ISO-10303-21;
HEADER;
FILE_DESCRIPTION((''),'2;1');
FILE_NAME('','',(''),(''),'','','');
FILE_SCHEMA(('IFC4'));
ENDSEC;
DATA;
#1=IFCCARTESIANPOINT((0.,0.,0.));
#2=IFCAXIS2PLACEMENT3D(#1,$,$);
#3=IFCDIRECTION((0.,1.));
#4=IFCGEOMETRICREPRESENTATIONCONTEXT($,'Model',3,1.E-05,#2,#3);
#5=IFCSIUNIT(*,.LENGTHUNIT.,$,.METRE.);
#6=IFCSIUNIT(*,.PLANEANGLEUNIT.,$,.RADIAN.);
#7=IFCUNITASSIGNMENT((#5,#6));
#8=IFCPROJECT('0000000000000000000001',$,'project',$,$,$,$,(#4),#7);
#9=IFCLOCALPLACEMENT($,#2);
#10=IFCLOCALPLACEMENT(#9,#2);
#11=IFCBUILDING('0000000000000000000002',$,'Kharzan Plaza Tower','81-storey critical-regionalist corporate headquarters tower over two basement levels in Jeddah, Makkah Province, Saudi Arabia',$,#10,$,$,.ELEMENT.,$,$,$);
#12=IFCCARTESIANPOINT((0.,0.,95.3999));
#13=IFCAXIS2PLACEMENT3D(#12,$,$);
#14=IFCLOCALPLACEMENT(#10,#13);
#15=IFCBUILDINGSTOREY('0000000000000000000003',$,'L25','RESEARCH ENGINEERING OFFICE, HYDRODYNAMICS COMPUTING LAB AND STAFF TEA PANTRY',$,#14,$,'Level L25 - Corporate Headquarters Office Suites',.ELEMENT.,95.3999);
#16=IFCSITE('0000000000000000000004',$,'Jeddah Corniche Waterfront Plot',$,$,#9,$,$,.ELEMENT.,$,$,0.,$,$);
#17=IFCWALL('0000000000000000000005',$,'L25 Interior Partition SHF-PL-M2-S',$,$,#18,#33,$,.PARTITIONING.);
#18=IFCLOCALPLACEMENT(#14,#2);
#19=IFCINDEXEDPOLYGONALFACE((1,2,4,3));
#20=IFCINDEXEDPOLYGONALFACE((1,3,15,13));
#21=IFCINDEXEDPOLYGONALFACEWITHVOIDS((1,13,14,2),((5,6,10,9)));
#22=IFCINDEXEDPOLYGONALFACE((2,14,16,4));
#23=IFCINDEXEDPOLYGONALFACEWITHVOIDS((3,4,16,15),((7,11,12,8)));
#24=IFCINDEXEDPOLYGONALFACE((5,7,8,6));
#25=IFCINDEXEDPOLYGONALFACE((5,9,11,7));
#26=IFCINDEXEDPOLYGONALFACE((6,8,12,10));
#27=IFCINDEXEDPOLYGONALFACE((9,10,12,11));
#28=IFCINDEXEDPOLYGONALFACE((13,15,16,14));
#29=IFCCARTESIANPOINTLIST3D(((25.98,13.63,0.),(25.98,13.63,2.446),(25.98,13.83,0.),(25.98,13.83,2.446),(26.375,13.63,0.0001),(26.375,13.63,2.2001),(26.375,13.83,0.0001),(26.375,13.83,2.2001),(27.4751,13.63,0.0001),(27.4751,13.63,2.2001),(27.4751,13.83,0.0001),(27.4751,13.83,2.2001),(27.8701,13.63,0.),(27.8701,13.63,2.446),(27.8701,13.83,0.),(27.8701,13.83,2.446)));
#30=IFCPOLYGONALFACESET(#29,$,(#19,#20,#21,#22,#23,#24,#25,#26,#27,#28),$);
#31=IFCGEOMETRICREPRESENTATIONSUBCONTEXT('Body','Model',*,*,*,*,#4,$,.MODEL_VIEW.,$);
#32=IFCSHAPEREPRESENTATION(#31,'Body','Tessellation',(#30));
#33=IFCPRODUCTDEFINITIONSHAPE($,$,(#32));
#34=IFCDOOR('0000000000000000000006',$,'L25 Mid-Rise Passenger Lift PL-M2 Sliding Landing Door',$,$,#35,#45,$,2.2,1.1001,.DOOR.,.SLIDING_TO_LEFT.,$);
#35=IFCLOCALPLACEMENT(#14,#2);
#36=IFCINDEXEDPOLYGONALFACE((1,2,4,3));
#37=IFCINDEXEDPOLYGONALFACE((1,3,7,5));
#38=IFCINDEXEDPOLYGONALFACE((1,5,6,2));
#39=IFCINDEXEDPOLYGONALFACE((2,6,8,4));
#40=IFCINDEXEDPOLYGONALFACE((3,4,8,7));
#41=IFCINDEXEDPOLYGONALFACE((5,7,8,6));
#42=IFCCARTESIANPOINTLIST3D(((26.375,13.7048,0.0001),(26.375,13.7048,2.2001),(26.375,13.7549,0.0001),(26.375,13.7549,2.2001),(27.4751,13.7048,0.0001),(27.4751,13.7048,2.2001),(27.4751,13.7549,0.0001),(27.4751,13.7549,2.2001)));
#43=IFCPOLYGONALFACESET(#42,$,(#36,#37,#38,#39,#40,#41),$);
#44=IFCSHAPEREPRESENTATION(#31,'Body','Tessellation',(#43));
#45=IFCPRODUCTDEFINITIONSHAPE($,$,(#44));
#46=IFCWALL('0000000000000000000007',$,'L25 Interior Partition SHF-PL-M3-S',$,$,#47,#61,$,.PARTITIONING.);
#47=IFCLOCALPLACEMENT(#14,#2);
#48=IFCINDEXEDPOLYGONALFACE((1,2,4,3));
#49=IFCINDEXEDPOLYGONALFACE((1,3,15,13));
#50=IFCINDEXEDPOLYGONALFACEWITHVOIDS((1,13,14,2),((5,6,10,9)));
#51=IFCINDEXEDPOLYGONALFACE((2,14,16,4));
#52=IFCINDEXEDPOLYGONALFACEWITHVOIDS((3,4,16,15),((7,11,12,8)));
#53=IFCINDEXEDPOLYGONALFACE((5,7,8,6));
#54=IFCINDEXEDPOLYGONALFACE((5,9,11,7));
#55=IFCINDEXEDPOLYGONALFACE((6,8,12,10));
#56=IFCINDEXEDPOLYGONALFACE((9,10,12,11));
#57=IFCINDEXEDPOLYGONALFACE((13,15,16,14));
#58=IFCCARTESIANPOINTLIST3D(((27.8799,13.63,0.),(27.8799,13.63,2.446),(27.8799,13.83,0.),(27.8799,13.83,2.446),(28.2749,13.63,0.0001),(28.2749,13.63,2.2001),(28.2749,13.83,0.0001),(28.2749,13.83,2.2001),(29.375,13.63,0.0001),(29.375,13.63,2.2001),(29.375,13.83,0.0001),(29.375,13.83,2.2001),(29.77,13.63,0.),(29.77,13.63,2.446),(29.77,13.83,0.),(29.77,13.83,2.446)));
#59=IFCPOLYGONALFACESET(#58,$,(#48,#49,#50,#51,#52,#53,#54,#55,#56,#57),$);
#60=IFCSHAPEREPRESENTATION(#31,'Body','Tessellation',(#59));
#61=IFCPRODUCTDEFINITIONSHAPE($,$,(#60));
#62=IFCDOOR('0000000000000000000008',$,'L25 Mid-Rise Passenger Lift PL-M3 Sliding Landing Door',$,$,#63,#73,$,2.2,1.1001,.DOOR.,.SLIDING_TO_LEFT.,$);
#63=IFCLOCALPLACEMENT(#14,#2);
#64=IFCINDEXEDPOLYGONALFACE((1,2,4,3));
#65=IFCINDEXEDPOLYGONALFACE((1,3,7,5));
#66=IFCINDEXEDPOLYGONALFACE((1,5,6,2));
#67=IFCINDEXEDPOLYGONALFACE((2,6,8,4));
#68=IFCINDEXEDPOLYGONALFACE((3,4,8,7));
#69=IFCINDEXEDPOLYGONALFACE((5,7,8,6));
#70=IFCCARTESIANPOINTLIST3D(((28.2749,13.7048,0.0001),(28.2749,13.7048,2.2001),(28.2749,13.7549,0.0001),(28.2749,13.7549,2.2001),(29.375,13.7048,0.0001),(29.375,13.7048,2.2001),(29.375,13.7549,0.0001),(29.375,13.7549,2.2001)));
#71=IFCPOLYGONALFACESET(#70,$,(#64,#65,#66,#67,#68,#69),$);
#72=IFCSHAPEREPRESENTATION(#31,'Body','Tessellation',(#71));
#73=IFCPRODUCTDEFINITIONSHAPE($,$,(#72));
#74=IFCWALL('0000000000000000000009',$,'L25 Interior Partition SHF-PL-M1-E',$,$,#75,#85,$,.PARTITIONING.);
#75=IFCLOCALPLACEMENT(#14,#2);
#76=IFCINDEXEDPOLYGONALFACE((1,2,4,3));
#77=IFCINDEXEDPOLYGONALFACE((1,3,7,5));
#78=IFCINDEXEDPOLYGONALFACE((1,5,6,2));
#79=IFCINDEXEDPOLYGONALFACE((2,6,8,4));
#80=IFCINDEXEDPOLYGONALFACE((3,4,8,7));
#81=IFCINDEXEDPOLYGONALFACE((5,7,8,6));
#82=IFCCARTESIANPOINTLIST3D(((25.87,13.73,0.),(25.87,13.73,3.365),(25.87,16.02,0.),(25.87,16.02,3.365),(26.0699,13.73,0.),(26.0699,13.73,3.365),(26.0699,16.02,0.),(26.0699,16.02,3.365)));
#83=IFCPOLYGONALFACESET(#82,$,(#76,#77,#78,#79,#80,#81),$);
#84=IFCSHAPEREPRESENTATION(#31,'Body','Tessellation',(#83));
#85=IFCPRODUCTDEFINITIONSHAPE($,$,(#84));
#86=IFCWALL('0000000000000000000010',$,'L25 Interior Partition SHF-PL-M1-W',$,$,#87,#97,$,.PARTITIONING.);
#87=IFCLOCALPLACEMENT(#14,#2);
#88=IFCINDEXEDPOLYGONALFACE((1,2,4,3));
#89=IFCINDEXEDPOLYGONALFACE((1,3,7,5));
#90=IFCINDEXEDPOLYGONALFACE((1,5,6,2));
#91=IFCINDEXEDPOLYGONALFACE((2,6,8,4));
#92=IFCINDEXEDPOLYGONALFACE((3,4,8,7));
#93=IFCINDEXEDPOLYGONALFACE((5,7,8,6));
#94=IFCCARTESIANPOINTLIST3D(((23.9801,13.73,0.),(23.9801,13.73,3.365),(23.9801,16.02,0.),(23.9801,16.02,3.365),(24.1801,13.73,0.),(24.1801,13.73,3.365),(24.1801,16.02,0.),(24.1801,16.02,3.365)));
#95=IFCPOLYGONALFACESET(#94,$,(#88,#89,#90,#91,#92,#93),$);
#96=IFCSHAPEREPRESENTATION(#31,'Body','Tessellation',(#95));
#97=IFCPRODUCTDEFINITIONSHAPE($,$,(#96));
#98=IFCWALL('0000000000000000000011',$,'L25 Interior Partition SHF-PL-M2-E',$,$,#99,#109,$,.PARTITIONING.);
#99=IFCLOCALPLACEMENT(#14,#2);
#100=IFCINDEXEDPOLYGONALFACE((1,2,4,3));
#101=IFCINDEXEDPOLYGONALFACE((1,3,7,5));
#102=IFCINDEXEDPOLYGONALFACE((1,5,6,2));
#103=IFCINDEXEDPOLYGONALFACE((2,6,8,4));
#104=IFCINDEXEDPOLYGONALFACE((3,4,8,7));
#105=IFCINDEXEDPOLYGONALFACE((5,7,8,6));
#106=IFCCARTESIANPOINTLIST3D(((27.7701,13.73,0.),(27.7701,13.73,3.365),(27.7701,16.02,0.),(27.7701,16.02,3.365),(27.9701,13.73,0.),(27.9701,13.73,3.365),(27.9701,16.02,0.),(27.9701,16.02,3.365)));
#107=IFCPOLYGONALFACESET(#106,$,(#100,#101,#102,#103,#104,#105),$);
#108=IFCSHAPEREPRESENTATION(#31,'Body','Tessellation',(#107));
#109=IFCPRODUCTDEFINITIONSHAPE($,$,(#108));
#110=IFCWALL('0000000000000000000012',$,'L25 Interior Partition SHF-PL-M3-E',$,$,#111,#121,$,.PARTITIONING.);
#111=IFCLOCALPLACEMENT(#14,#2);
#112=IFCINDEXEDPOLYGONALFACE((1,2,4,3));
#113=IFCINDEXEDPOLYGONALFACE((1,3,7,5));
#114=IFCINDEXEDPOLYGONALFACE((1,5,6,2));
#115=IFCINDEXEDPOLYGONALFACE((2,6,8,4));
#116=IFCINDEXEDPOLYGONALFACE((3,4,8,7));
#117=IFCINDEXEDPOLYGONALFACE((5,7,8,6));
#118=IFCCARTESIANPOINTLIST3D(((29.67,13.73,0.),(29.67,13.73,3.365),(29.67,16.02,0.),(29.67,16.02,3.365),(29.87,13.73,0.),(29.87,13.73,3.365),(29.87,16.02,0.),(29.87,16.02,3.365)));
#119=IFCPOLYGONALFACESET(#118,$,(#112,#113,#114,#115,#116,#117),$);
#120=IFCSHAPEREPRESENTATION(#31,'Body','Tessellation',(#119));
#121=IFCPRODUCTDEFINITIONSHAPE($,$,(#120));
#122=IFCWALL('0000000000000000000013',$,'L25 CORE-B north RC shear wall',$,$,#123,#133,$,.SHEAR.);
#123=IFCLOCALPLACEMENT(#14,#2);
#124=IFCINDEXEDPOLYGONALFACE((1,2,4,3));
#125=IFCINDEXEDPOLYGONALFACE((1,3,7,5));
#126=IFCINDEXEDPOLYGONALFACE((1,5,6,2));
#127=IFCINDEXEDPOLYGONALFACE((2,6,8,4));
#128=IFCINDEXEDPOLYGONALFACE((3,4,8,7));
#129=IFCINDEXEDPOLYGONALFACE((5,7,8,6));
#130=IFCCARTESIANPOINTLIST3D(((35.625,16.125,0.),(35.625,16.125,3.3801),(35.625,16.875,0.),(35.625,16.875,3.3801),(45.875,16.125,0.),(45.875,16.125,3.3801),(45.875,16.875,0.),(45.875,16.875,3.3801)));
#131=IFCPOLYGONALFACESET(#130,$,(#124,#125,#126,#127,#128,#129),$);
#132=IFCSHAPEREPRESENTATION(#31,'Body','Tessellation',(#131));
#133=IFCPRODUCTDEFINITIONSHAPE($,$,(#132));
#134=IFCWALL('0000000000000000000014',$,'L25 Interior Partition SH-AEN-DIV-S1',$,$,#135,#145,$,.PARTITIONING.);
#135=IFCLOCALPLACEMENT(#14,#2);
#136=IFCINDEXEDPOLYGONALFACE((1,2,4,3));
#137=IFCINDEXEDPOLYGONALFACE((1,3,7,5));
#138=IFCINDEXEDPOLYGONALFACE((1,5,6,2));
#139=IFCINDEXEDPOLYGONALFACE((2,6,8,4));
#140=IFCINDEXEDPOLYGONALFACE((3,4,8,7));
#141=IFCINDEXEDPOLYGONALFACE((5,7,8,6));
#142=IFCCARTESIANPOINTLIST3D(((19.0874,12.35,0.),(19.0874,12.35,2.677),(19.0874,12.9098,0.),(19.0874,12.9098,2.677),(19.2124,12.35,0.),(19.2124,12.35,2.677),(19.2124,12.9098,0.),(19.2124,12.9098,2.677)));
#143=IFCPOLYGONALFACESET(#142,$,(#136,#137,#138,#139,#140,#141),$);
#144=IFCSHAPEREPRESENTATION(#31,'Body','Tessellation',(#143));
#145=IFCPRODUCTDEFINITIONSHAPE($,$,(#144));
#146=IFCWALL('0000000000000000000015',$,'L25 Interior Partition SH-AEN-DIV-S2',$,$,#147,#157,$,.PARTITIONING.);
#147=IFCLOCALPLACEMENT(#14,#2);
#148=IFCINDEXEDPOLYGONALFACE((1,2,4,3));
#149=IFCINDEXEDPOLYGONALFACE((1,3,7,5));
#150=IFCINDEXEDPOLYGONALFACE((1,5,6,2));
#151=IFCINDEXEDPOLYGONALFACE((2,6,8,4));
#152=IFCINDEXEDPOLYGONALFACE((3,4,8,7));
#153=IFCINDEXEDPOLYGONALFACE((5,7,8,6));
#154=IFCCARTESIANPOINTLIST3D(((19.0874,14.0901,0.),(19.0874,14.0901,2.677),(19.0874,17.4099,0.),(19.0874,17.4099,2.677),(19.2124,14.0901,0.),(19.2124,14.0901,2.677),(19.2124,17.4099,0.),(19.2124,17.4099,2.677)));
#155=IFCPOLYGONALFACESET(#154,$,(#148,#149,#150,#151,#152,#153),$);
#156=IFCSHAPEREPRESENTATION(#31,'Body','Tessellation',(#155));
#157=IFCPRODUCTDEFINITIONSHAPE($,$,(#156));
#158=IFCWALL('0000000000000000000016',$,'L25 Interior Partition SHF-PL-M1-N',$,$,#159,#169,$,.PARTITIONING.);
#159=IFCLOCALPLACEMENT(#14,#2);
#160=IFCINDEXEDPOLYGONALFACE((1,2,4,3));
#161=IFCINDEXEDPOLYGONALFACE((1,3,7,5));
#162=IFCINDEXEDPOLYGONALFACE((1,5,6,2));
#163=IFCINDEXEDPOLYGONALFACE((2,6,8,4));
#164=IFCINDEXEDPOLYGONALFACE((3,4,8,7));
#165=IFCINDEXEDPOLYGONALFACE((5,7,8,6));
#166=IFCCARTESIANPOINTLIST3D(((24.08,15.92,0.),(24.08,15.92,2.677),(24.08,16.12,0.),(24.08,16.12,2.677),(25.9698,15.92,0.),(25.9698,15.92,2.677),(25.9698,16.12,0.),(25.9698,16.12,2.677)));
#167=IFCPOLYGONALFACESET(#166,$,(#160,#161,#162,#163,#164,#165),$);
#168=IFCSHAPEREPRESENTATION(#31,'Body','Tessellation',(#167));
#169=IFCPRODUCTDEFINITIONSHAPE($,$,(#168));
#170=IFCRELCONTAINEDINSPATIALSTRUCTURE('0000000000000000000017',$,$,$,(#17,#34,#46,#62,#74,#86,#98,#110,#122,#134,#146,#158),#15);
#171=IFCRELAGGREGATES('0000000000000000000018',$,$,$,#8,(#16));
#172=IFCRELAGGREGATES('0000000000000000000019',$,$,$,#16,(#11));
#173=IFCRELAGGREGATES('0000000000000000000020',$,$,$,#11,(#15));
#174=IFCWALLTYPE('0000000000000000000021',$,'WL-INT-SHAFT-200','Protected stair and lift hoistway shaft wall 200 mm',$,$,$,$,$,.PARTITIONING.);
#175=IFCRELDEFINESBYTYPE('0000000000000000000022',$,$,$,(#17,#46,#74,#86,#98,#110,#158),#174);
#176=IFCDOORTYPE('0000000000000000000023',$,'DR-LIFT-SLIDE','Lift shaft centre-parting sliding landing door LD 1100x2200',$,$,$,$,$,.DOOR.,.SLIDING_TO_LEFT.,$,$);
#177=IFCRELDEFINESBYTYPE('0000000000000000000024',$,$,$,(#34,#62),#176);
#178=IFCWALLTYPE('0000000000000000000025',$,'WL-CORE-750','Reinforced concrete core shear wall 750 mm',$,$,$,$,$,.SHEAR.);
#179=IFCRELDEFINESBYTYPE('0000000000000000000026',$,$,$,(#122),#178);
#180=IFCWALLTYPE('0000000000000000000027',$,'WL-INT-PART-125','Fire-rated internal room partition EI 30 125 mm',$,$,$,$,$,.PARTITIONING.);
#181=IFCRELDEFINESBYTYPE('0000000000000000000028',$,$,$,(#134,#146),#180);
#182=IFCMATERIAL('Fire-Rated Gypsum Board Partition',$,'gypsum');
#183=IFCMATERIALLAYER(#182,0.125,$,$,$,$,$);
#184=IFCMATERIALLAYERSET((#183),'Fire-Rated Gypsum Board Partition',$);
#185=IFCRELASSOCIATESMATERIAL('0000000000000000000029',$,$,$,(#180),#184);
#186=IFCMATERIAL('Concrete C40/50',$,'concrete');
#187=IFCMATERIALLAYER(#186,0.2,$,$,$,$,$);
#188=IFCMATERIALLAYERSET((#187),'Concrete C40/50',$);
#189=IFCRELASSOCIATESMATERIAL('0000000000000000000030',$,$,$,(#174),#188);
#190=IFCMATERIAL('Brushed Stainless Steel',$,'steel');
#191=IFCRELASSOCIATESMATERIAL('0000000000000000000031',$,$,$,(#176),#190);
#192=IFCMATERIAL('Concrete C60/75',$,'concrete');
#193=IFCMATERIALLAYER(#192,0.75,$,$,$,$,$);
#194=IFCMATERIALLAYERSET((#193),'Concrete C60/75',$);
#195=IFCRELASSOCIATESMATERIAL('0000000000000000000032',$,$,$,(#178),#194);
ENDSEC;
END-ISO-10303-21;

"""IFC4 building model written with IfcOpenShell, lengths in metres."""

from ifc_helpers import new_model, si_unit, direction, frame, frame_2d, origin, place, context, subcontext, project, spatial, rectangle, extrude, source, transform, mapped, material, layer, layer_set, type_object, element, fill, save


model = new_model("IFC4")

# Units and contexts
model_context = context("Model", 3, precision=1e-05, world=origin(), true_north=direction((0.0, 1.0)))
body_context = subcontext(model_context, "Body", "Model", "MODEL_VIEW")
ifc_project = project(units=[si_unit("LENGTHUNIT", "METRE"), si_unit("PLANEANGLEUNIT", "RADIAN")], contexts=[model_context])

# Site, building, storey
site_placement = place(None, origin())
site = spatial("IfcSite", under=ifc_project, at=site_placement, Name="Jeddah Corniche Waterfront Plot", CompositionType="ELEMENT", RefElevation=0.0)
building_placement = place(site_placement, origin())
building = spatial("IfcBuilding", under=site, at=building_placement, Name="Kharzan Plaza Tower", Description="81-storey critical-regionalist corporate headquarters tower over two basement levels in Jeddah, Makkah Province, Saudi Arabia", CompositionType="ELEMENT")
storey_placement = place(building_placement, frame((0.0, 0.0, 95.3999)))
storey = spatial("IfcBuildingStorey", under=building, at=storey_placement, Name="L25", Description="RESEARCH ENGINEERING OFFICE, HYDRODYNAMICS COMPUTING LAB AND STAFF TEA PANTRY", LongName="Level L25 - Corporate Headquarters Office Suites", CompositionType="ELEMENT", Elevation=95.3999)

# Shared definitions
ifc_material_1 = material(Name="Concrete C60/75", Category="concrete")

# Shared definitions
ifc_material_2 = material(Name="Concrete C40/50", Category="concrete")

# Walls, openings, doors
ifc_material_3 = material(Name="Fire-Rated Gypsum Board Partition", Category="gypsum")
ifc_layer_1 = layer(ifc_material_3, 0.125)
ifc_layer_set_1 = layer_set([ifc_layer_1], Name="Fire-Rated Gypsum Board Partition")
wall_type_1 = type_object("IfcWallType", Name="WL-INT-PART-125", Description="Fire-rated internal room partition EI 30 125 mm", PredefinedType="PARTITIONING", material=ifc_layer_set_1)
ifc_layer_2 = layer(ifc_material_2, 0.2)
ifc_layer_set_2 = layer_set([ifc_layer_2], Name="Concrete C40/50")
wall_type_2 = type_object("IfcWallType", Name="WL-INT-SHAFT-200", Description="Protected stair and lift hoistway shaft wall 200 mm", PredefinedType="PARTITIONING", material=ifc_layer_set_2)
ifc_material_4 = material(Name="Brushed Stainless Steel", Category="steel")
door_type_1 = type_object("IfcDoorType", Name="DR-LIFT-SLIDE", Description="Lift shaft centre-parting sliding landing door LD 1100x2200", OperationType="SLIDING_TO_LEFT", PredefinedType="DOOR", material=ifc_material_4)
shared_shape_1 = source(origin(), body_context, "Body", "SweptSolid", [
    extrude(rectangle(XDim=1.1001, YDim=2.2, at=frame_2d((0.55, 1.1001))), frame((0.0, 0.0249, 0.0), z_axis=(0.0, -1.0, 0.0), x_axis=(1.0, 0.0, 0.0)), (0.0, 0.0, 1.0), 0.05),
])
wall_1_placement = place(storey_placement, frame((25.98, 13.73, 0.0), z_axis=(0.0, 0.0, 1.0), x_axis=(1.0, 0.0, 0.0)))
wall_1 = element("IfcWall", 1, at=wall_1_placement, inside=storey, type_object=wall_type_2, Name="L25 Interior Partition SHF-PL-M2-S", PredefinedType="PARTITIONING", context=body_context, shape_type="SweptSolid", body=[
    extrude(rectangle(XDim=1.8901, YDim=0.2, at=frame_2d((0.9451, 0.0))), origin(), (0.0, 0.0, 1.0), 2.446),
])
opening_1_placement = place(wall_1_placement, frame((0.395, 0.0, 0.0)))
opening_1 = element("IfcOpeningElement", 2, at=opening_1_placement, cuts=wall_1, PredefinedType="OPENING", context=body_context, shape_type="SweptSolid", body=[
    extrude(rectangle(XDim=1.1001, YDim=2.2, at=frame_2d((0.55, 1.1001))), frame((0.0, 0.1099, 0.0), z_axis=(0.0, -1.0, 0.0), x_axis=(1.0, 0.0, 0.0)), (0.0, 0.0, 1.0), 0.22),
])
door_1_placement = place(opening_1_placement, origin())
door_1 = element("IfcDoor", 3, at=door_1_placement, inside=storey, type_object=door_type_1, Name="L25 Mid-Rise Passenger Lift PL-M2 Sliding Landing Door", OperationType="SLIDING_TO_LEFT", OverallHeight=2.2, OverallWidth=1.1001, PredefinedType="DOOR", context=body_context, shape_type="MappedRepresentation", body=[
    mapped(shared_shape_1, transform((0.0, 0.0, 0.0), x_axis=(1.0, 0.0, 0.0), y_axis=(0.0, 1.0, 0.0), z_axis=(0.0, 0.0, 1.0))),
])
fill(opening_1, door_1)
wall_2_placement = place(storey_placement, frame((27.8799, 13.73, 0.0), z_axis=(0.0, 0.0, 1.0), x_axis=(1.0, 0.0, 0.0)))
wall_2 = element("IfcWall", 4, at=wall_2_placement, inside=storey, type_object=wall_type_2, Name="L25 Interior Partition SHF-PL-M3-S", PredefinedType="PARTITIONING", context=body_context, shape_type="SweptSolid", body=[
    extrude(rectangle(XDim=1.8901, YDim=0.2, at=frame_2d((0.9451, 0.0))), origin(), (0.0, 0.0, 1.0), 2.446),
])
opening_2_placement = place(wall_2_placement, frame((0.395, 0.0, 0.0)))
opening_2 = element("IfcOpeningElement", 5, at=opening_2_placement, cuts=wall_2, PredefinedType="OPENING", context=body_context, shape_type="SweptSolid", body=[
    extrude(rectangle(XDim=1.1001, YDim=2.2, at=frame_2d((0.55, 1.1001))), frame((0.0, 0.1099, 0.0), z_axis=(0.0, -1.0, 0.0), x_axis=(1.0, 0.0, 0.0)), (0.0, 0.0, 1.0), 0.22),
])
door_2_placement = place(opening_2_placement, origin())
door_2 = element("IfcDoor", 6, at=door_2_placement, inside=storey, type_object=door_type_1, Name="L25 Mid-Rise Passenger Lift PL-M3 Sliding Landing Door", OperationType="SLIDING_TO_LEFT", OverallHeight=2.2, OverallWidth=1.1001, PredefinedType="DOOR", context=body_context, shape_type="MappedRepresentation", body=[
    mapped(shared_shape_1, transform((0.0, 0.0, 0.0), x_axis=(1.0, 0.0, 0.0), y_axis=(0.0, 1.0, 0.0), z_axis=(0.0, 0.0, 1.0))),
])
fill(opening_2, door_2)

# Walls
shared_shape_2 = source(origin(), body_context, "Body", "SweptSolid", [
    extrude(rectangle(XDim=2.29, YDim=0.2, at=frame_2d((1.145, 0.0))), origin(), (0.0, 0.0, 1.0), 3.365),
])
for number, where, z_axis, x_axis, name in (
    (7, (25.97, 13.73, 0.0), (0.0, 0.0, 1.0), (0.0, 1.0, 0.0), "L25 Interior Partition SHF-PL-M1-E"),
    (8, (24.0801, 13.73, 0.0), (0.0, 0.0, 1.0), (0.0, 1.0, 0.0), "L25 Interior Partition SHF-PL-M1-W"),
    (9, (27.8701, 13.73, 0.0), (0.0, 0.0, 1.0), (0.0, 1.0, 0.0), "L25 Interior Partition SHF-PL-M2-E"),
    (10, (29.77, 13.73, 0.0), (0.0, 0.0, 1.0), (0.0, 1.0, 0.0), "L25 Interior Partition SHF-PL-M3-E"),
):
    element("IfcWall", number, at=place(storey_placement, frame(where, z_axis=z_axis, x_axis=x_axis)), inside=storey, type_object=wall_type_2, Name=name, PredefinedType="PARTITIONING", context=body_context, shape_type="MappedRepresentation", body=[
        mapped(shared_shape_2, transform((0.0, 0.0, 0.0), x_axis=(1.0, 0.0, 0.0), y_axis=(0.0, 1.0, 0.0), z_axis=(0.0, 0.0, 1.0))),
    ])
ifc_layer_3 = layer(ifc_material_1, 0.75)
ifc_layer_set_3 = layer_set([ifc_layer_3], Name="Concrete C60/75")
wall_type_3 = type_object("IfcWallType", Name="WL-CORE-750", Description="Reinforced concrete core shear wall 750 mm", PredefinedType="SHEAR", material=ifc_layer_set_3)
shared_shape_3 = source(origin(), body_context, "Body", "SweptSolid", [
    extrude(rectangle(XDim=10.25, YDim=0.75, at=frame_2d((5.125, 0.0))), origin(), (0.0, 0.0, 1.0), 3.3801),
])
wall_3_placement = place(storey_placement, frame((35.625, 16.5, 0.0), z_axis=(0.0, 0.0, 1.0), x_axis=(1.0, 0.0, 0.0)))
element("IfcWall", 11, at=wall_3_placement, inside=storey, type_object=wall_type_3, Name="L25 CORE-B north RC shear wall", PredefinedType="SHEAR", context=body_context, shape_type="MappedRepresentation", body=[
    mapped(shared_shape_3, transform((0.0, 0.0, 0.0), x_axis=(1.0, 0.0, 0.0), y_axis=(0.0, 1.0, 0.0), z_axis=(0.0, 0.0, 1.0))),
])
shared_shape_4 = source(origin(), body_context, "Body", "SweptSolid", [
    extrude(rectangle(XDim=0.5598, YDim=0.125, at=frame_2d((0.2798, 0.0))), origin(), (0.0, 0.0, 1.0), 2.677),
])
wall_4_placement = place(storey_placement, frame((19.1499, 12.3501, 0.0), z_axis=(0.0, 0.0, 1.0), x_axis=(0.0, 1.0, 0.0)))
element("IfcWall", 12, at=wall_4_placement, inside=storey, type_object=wall_type_1, Name="L25 Interior Partition SH-AEN-DIV-S1", PredefinedType="PARTITIONING", context=body_context, shape_type="MappedRepresentation", body=[
    mapped(shared_shape_4, transform((0.0, 0.0, 0.0), x_axis=(1.0, 0.0, 0.0), y_axis=(0.0, 1.0, 0.0), z_axis=(0.0, 0.0, 1.0))),
])
shared_shape_5 = source(origin(), body_context, "Body", "SweptSolid", [
    extrude(rectangle(XDim=3.3198, YDim=0.125, at=frame_2d((1.6599, 0.0))), origin(), (0.0, 0.0, 1.0), 2.677),
])
wall_5_placement = place(storey_placement, frame((19.1499, 14.0901, 0.0), z_axis=(0.0, 0.0, 1.0), x_axis=(0.0, 1.0, 0.0)))
element("IfcWall", 13, at=wall_5_placement, inside=storey, type_object=wall_type_1, Name="L25 Interior Partition SH-AEN-DIV-S2", PredefinedType="PARTITIONING", context=body_context, shape_type="MappedRepresentation", body=[
    mapped(shared_shape_5, transform((0.0, 0.0, 0.0), x_axis=(1.0, 0.0, 0.0), y_axis=(0.0, 1.0, 0.0), z_axis=(0.0, 0.0, 1.0))),
])
shared_shape_6 = source(origin(), body_context, "Body", "SweptSolid", [
    extrude(rectangle(XDim=1.8899, YDim=0.2, at=frame_2d((0.9448, 0.0))), origin(), (0.0, 0.0, 1.0), 2.677),
])
wall_6_placement = place(storey_placement, frame((24.0801, 16.02, 0.0), z_axis=(0.0, 0.0, 1.0), x_axis=(1.0, 0.0, 0.0)))
element("IfcWall", 14, at=wall_6_placement, inside=storey, type_object=wall_type_2, Name="L25 Interior Partition SHF-PL-M1-N", PredefinedType="PARTITIONING", context=body_context, shape_type="MappedRepresentation", body=[
    mapped(shared_shape_6, transform((0.0, 0.0, 0.0), x_axis=(1.0, 0.0, 0.0), y_axis=(0.0, 1.0, 0.0), z_axis=(0.0, 0.0, 1.0))),
])

save(model, "model.ifc")
